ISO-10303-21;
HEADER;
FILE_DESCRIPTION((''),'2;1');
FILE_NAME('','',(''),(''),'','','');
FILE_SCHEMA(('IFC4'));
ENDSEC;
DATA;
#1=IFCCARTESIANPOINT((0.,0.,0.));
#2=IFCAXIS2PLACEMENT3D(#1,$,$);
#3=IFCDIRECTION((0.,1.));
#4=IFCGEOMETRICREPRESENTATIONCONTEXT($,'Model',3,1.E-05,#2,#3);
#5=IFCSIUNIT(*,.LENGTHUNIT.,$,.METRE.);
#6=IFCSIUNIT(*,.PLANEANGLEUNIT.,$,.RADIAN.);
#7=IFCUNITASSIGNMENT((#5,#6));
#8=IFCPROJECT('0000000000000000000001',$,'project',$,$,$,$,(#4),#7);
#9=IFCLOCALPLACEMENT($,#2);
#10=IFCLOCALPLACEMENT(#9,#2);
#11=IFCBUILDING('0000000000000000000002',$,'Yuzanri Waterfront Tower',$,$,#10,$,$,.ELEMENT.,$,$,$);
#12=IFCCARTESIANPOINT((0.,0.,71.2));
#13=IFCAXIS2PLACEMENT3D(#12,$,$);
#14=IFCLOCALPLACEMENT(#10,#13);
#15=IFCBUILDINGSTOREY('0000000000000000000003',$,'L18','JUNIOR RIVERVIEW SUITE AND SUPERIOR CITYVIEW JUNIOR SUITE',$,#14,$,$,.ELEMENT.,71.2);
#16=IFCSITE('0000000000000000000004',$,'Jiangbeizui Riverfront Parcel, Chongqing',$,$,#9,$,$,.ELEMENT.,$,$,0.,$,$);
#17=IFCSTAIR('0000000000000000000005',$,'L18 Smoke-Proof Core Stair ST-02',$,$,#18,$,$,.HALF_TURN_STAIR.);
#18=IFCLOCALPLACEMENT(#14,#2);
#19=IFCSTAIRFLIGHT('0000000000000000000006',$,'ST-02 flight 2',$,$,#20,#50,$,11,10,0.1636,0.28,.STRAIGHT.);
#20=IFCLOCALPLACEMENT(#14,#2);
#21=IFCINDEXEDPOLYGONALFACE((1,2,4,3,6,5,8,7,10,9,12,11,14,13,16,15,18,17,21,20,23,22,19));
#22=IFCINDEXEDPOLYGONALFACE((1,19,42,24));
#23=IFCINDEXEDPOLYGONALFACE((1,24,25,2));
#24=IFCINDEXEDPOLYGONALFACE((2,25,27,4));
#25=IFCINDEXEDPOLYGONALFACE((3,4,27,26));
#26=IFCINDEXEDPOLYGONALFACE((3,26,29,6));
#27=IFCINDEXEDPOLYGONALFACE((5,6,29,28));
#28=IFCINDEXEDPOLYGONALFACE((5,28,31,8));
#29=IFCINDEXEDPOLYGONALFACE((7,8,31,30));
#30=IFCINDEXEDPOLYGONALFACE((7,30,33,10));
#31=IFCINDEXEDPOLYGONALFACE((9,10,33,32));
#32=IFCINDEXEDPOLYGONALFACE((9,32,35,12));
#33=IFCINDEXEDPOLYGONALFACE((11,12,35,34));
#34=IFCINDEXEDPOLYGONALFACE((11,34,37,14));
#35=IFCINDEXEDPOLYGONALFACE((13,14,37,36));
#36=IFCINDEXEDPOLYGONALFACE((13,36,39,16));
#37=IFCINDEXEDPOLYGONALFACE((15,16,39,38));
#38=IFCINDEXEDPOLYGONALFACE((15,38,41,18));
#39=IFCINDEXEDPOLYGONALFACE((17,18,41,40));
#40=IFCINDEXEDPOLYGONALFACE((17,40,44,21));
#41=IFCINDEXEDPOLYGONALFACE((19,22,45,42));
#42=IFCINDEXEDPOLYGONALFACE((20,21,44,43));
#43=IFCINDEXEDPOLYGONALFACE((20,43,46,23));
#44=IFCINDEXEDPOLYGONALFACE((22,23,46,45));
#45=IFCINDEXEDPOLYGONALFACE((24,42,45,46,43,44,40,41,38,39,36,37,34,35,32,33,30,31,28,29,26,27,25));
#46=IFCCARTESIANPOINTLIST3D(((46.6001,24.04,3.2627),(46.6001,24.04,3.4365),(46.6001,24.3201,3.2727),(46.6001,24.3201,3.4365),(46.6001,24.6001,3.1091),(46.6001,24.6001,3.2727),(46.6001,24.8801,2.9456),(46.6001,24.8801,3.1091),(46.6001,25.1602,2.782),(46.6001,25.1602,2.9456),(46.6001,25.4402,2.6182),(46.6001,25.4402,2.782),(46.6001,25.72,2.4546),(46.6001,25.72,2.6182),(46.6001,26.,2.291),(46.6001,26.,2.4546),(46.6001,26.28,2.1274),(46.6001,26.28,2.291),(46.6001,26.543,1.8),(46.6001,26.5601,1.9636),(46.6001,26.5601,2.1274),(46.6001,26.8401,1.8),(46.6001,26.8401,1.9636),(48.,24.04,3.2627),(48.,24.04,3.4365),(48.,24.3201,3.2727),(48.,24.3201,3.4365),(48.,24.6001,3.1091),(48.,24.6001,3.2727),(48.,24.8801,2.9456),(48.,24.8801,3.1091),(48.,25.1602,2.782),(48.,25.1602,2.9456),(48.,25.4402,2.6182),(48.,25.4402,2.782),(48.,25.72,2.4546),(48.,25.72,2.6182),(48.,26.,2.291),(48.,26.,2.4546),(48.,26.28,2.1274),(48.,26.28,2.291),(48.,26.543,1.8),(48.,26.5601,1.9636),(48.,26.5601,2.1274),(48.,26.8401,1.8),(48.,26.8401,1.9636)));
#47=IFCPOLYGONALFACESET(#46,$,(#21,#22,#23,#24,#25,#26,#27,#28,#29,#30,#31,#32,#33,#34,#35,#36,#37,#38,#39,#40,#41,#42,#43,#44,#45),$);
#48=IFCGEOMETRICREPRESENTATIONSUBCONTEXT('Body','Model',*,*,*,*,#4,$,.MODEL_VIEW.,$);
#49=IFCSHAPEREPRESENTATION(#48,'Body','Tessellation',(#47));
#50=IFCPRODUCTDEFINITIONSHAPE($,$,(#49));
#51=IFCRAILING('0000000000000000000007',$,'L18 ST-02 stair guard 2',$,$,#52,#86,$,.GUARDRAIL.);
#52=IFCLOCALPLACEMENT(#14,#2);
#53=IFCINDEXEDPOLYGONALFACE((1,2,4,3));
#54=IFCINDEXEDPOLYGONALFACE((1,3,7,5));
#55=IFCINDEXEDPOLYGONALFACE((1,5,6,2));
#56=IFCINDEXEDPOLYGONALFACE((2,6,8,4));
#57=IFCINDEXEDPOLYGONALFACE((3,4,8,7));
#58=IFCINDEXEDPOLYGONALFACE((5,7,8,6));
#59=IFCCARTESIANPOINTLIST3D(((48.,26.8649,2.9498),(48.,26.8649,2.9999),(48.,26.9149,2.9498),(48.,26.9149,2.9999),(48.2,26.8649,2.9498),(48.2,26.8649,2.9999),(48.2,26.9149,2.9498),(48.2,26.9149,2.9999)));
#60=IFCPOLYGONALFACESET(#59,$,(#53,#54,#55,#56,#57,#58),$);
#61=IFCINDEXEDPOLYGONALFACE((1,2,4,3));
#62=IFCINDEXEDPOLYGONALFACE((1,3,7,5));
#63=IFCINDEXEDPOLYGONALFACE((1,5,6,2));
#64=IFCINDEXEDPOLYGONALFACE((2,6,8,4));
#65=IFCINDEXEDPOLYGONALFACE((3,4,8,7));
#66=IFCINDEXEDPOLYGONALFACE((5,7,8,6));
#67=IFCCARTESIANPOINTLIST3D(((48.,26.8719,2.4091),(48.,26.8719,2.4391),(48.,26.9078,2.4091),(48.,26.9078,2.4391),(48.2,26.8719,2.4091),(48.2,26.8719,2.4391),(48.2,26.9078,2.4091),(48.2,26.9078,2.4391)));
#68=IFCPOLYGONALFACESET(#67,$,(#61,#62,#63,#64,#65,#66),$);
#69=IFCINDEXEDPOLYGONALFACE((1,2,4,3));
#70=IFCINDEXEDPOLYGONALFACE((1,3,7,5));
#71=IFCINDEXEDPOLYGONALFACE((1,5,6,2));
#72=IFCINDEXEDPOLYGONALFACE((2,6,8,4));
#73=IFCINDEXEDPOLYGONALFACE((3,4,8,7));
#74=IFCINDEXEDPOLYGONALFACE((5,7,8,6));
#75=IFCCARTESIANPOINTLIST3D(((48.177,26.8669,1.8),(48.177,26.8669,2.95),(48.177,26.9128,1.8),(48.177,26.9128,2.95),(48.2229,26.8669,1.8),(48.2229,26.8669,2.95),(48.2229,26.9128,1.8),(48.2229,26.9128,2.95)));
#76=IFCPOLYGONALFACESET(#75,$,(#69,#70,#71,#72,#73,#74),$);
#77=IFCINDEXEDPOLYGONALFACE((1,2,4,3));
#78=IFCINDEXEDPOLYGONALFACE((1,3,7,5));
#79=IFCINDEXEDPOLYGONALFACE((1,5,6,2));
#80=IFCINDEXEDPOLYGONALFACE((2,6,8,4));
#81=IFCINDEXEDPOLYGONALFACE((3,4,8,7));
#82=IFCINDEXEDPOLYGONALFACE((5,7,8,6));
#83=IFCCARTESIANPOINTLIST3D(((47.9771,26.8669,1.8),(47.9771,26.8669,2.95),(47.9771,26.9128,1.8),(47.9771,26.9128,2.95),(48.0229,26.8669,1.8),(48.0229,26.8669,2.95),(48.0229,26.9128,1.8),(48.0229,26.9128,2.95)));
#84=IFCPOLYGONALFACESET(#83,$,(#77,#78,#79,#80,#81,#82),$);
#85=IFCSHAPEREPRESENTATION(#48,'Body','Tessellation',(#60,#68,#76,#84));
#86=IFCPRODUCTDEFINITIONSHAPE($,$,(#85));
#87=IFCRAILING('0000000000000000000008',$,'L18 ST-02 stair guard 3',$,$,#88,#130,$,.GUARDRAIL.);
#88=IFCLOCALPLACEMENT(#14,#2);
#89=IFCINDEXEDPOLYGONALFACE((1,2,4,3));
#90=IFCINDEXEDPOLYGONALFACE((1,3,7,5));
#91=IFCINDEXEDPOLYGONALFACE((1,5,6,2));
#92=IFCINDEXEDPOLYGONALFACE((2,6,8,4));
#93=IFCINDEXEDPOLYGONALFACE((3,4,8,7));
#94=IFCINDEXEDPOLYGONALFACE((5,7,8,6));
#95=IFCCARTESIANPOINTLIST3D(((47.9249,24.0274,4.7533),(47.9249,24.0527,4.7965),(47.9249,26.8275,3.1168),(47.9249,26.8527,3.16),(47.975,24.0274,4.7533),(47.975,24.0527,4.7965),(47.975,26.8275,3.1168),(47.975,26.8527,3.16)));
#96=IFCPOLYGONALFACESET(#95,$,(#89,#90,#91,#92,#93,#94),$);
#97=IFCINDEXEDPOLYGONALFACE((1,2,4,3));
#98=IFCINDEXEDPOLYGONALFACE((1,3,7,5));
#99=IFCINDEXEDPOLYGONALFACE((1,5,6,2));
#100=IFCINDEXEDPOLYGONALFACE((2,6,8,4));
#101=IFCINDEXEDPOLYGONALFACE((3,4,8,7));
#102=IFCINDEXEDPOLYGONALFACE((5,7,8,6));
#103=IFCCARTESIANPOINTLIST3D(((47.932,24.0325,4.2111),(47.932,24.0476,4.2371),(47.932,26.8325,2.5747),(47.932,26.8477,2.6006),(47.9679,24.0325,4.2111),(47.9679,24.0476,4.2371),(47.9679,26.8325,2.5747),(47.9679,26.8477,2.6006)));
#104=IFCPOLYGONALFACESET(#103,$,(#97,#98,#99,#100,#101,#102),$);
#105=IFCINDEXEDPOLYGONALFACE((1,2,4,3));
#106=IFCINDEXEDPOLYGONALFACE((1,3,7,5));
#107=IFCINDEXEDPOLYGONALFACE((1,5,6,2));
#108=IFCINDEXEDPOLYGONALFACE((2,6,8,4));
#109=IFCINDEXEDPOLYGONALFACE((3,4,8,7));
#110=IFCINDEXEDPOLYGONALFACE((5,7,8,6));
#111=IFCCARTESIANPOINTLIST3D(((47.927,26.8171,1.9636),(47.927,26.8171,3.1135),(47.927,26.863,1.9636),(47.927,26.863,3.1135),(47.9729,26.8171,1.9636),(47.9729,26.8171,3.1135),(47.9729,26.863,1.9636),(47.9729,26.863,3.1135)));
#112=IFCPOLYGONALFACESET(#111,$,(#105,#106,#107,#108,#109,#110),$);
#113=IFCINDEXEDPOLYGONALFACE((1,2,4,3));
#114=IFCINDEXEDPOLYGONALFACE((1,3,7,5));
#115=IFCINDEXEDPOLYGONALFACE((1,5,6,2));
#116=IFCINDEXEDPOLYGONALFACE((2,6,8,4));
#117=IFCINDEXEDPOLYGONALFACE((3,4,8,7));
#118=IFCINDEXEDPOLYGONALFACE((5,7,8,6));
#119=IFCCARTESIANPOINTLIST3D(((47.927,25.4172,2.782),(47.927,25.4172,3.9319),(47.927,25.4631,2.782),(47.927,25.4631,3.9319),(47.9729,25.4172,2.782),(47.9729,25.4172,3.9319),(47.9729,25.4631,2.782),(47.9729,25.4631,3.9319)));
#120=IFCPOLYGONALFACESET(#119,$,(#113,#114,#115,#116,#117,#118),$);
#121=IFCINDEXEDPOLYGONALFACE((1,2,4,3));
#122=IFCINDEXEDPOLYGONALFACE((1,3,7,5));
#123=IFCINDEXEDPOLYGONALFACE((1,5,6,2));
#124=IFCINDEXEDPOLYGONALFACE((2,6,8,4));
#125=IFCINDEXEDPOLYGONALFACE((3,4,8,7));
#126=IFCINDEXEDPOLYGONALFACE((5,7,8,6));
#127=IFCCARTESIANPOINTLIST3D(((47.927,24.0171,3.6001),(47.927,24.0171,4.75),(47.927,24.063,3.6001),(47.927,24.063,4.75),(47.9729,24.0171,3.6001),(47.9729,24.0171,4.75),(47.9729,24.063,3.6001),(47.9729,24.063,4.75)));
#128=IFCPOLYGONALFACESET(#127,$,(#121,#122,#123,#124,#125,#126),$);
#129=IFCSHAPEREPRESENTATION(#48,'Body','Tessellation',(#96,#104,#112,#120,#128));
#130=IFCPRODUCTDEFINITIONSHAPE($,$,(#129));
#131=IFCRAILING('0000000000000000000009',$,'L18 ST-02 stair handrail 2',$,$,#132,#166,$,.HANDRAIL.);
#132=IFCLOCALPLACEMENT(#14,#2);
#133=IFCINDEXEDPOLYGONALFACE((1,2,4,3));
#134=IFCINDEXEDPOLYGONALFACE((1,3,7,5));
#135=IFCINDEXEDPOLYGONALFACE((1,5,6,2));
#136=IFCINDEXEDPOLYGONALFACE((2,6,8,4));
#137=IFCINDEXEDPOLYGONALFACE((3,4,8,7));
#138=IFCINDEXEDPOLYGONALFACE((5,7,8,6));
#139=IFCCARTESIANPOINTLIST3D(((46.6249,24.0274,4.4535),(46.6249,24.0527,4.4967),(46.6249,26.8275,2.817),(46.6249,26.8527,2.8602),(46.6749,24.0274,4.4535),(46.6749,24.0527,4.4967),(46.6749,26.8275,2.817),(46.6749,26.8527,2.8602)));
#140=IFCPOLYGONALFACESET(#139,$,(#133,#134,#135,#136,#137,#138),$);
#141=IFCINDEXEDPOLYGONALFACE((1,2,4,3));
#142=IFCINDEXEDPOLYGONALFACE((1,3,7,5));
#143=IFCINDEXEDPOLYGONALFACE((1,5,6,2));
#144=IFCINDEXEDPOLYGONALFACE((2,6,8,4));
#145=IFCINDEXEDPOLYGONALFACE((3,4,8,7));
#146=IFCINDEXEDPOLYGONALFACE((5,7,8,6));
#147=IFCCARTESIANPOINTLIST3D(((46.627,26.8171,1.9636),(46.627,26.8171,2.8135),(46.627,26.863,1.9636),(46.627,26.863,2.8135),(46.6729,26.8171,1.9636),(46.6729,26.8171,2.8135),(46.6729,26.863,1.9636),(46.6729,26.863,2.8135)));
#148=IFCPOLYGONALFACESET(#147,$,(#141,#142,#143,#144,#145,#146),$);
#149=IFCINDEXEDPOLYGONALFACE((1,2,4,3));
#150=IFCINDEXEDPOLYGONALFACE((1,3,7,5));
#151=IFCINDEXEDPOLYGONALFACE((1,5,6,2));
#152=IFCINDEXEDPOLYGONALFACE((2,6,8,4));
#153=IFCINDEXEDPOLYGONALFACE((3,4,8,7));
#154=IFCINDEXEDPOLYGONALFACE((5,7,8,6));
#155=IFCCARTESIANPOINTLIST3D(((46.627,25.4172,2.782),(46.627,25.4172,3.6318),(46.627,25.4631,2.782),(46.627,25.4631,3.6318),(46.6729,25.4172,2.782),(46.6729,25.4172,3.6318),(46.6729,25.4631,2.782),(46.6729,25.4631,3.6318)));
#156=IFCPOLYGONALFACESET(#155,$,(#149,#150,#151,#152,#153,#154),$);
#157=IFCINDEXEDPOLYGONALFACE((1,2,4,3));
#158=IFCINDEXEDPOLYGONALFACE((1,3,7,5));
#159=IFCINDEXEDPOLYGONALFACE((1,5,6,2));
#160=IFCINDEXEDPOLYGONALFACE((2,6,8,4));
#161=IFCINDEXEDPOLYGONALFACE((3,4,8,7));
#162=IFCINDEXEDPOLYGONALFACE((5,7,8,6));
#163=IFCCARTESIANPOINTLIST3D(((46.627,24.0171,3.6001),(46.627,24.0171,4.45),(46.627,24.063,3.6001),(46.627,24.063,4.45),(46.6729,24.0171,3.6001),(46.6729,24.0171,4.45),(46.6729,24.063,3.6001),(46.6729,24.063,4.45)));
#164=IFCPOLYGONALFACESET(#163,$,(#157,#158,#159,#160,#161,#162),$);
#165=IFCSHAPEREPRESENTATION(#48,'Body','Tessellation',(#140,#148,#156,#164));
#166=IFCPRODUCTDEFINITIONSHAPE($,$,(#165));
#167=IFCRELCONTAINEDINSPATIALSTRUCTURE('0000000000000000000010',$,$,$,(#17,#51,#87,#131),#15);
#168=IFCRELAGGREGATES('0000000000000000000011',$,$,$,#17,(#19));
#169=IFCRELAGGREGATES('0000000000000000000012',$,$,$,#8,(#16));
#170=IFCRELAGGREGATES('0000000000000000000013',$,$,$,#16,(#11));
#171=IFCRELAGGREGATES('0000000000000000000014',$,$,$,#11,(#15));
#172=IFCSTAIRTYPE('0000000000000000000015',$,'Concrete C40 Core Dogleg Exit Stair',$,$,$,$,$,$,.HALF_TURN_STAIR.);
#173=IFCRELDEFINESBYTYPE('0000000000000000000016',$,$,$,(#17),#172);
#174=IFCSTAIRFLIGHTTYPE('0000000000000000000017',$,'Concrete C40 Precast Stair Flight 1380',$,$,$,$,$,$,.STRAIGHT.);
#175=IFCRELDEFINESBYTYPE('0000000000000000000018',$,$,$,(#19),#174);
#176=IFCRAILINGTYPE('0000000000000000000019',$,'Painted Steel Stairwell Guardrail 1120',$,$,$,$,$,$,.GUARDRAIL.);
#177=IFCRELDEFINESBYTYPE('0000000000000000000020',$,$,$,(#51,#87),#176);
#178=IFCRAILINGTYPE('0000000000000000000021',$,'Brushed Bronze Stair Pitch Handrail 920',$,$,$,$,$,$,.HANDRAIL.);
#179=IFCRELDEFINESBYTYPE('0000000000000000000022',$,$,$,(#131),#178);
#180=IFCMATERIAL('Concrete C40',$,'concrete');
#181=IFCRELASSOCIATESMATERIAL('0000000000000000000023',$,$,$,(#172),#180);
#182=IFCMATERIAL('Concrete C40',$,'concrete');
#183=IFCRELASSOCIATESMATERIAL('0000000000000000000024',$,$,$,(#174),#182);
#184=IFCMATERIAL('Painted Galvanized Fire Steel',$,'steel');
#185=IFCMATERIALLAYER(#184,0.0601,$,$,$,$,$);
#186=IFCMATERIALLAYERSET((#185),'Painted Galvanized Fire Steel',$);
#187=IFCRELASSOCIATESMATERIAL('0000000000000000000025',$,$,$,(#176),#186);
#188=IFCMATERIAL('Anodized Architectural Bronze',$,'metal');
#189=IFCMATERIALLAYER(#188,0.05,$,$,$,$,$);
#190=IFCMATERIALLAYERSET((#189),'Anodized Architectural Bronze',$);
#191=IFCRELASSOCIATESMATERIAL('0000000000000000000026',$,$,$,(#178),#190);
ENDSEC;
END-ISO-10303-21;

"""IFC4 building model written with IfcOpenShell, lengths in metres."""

from ifc_helpers import new_model, si_unit, direction, frame, origin, origin_2d, place, context, subcontext, project, spatial, polyline, rectangle, outline, extrude, source, transform, mapped, material, layer, layer_set, type_object, element, aggregate, save


model = new_model("IFC4")

# Units and contexts
model_context = context("Model", 3, precision=1e-05, world=origin(), true_north=direction((0.0, 1.0)))
body_context = subcontext(model_context, "Body", "Model", "MODEL_VIEW")
ifc_project = project(units=[si_unit("LENGTHUNIT", "METRE"), si_unit("PLANEANGLEUNIT", "RADIAN")], contexts=[model_context])

# Site, building, storey
site_placement = place(None, origin())
site = spatial("IfcSite", under=ifc_project, at=site_placement, Name="Jiangbeizui Riverfront Parcel, Chongqing", CompositionType="ELEMENT", RefElevation=0.0)
building_placement = place(site_placement, origin())
building = spatial("IfcBuilding", under=site, at=building_placement, Name="Yuzanri Waterfront Tower", CompositionType="ELEMENT")
storey_placement = place(building_placement, frame((0.0, 0.0, 71.2)))
storey = spatial("IfcBuildingStorey", under=building, at=storey_placement, Name="L18", Description="JUNIOR RIVERVIEW SUITE AND SUPERIOR CITYVIEW JUNIOR SUITE", CompositionType="ELEMENT", Elevation=71.2)

# Stair, stair flight
ifc_material_1 = material(Name="Concrete C40", Category="concrete")
stair_type = type_object("IfcStairType", Name="Concrete C40 Core Dogleg Exit Stair", PredefinedType="HALF_TURN_STAIR", material=ifc_material_1)
stair_placement = place(storey_placement, origin())
stair = element("IfcStair", 1, at=stair_placement, inside=storey, type_object=stair_type, Name="L18 Smoke-Proof Core Stair ST-02", PredefinedType="HALF_TURN_STAIR")
ifc_material_2 = material(Name="Concrete C40", Category="concrete")
stair_flight_type = type_object("IfcStairFlightType", Name="Concrete C40 Precast Stair Flight 1380", PredefinedType="STRAIGHT", material=ifc_material_2)
shared_shape_1 = source(origin(), body_context, "Body", "SweptSolid", [
    extrude(outline(polyline([(0.0, 0.0), (0.0, 0.1636), (0.28, 0.1636), (0.28, 0.3274), (0.5601, 0.3274), (0.5601, 0.491), (0.8401, 0.491), (0.8401, 0.6545), (1.1201, 0.6545), (1.1201, 0.8181), (1.3999, 0.8181), (1.3999, 0.9819), (1.6799, 0.9819), (1.6799, 1.1455), (1.96, 1.1455), (1.96, 1.3091), (2.24, 1.3091), (2.24, 1.4727), (2.52, 1.4727), (2.52, 1.6365), (2.8, 1.6365), (2.8, 1.8), (2.8, 1.4626), (0.2971, 0.0), (0.0, 0.0)])), frame((0.0, 0.7, 0.0), z_axis=(0.0, -1.0, 0.0), x_axis=(1.0, 0.0, 0.0)), (0.0, 0.0, 1.0), 1.3999),
])
stair_flight_placement = place(storey_placement, frame((47.3, 26.8401, 1.8), z_axis=(0.0, 0.0, 1.0), x_axis=(0.0, -1.0, 0.0)))
stair_flight = element("IfcStairFlight", 2, at=stair_flight_placement, type_object=stair_flight_type, Name="ST-02 flight 2", NumberOfRisers=11, NumberOfTreads=10, PredefinedType="STRAIGHT", RiserHeight=0.1636, TreadLength=0.28, context=body_context, shape_type="MappedRepresentation", body=[
    mapped(shared_shape_1, transform((0.0, 0.0, 0.0), scale=1.0)),
])
aggregate(stair, [stair_flight])

# Railings
ifc_material_3 = material(Name="Painted Galvanized Fire Steel", Category="steel")
ifc_layer_1 = layer(ifc_material_3, 0.0601)
ifc_layer_set_1 = layer_set([ifc_layer_1], Name="Painted Galvanized Fire Steel")
railing_type_1 = type_object("IfcRailingType", Name="Painted Steel Stairwell Guardrail 1120", PredefinedType="GUARDRAIL", material=ifc_layer_set_1)
shared_shape_2 = source(origin(), body_context, "Body", "SweptSolid", [
    extrude(rectangle(XDim=0.05, YDim=0.05, at=origin_2d()), frame((0.0, 0.0, 1.1748), z_axis=(-1.0, 0.0, 0.0), x_axis=(0.0, -1.0, 0.0)), (0.0, 0.0, 1.0), 0.2),
    extrude(rectangle(XDim=0.0359, YDim=0.03, at=origin_2d()), frame((0.0, 0.0, 0.624), z_axis=(-1.0, 0.0, 0.0), x_axis=(0.0, -1.0, 0.0)), (0.0, 0.0, 1.0), 0.2),
    extrude(rectangle(XDim=0.0459, YDim=0.0459, at=origin_2d()), origin(), (0.0, 0.0, 1.0), 1.1499),
    extrude(rectangle(XDim=0.0459, YDim=0.0459, at=origin_2d()), frame((-0.2, 0.0, 0.0)), (0.0, 0.0, 1.0), 1.1499),
])
railing_1_placement = place(storey_placement, frame((48.2, 26.8899, 1.8)))
element("IfcRailing", 3, at=railing_1_placement, inside=storey, type_object=railing_type_1, Name="L18 ST-02 stair guard 2", PredefinedType="GUARDRAIL", context=body_context, shape_type="MappedRepresentation", body=[
    mapped(shared_shape_2, transform((0.0, 0.0, 0.0), scale=1.0)),
])
shared_shape_3 = source(origin(), body_context, "Body", "SweptSolid", [
    extrude(rectangle(XDim=0.05, YDim=0.05, at=origin_2d()), frame((0.0, 0.0, 1.1748), z_axis=(0.0, -0.863361, 0.504587), x_axis=(1.0, 0.0, 0.0)), (0.0, 0.0, 1.0), 3.2432),
    extrude(rectangle(XDim=0.0359, YDim=0.03, at=origin_2d()), frame((0.0, 0.0, 0.624), z_axis=(0.0, -0.863361, 0.504587), x_axis=(1.0, 0.0, 0.0)), (0.0, 0.0, 1.0), 3.2432),
    extrude(rectangle(XDim=0.0459, YDim=0.0459, at=origin_2d()), origin(), (0.0, 0.0, 1.0), 1.1499),
    extrude(rectangle(XDim=0.0459, YDim=0.0459, at=origin_2d()), frame((0.0, -1.3999, 0.8184)), (0.0, 0.0, 1.0), 1.1499),
    extrude(rectangle(XDim=0.0459, YDim=0.0459, at=origin_2d()), frame((0.0, -2.8, 1.6365)), (0.0, 0.0, 1.0), 1.1499),
])
railing_2_placement = place(storey_placement, frame((47.95, 26.8401, 1.9636)))
element("IfcRailing", 4, at=railing_2_placement, inside=storey, type_object=railing_type_1, Name="L18 ST-02 stair guard 3", PredefinedType="GUARDRAIL", context=body_context, shape_type="MappedRepresentation", body=[
    mapped(shared_shape_3, transform((0.0, 0.0, 0.0), scale=1.0)),
])
ifc_material_4 = material(Name="Anodized Architectural Bronze", Category="metal")
ifc_layer_2 = layer(ifc_material_4, 0.05)
ifc_layer_set_2 = layer_set([ifc_layer_2], Name="Anodized Architectural Bronze")
railing_type_2 = type_object("IfcRailingType", Name="Brushed Bronze Stair Pitch Handrail 920", PredefinedType="HANDRAIL", material=ifc_layer_set_2)
shared_shape_4 = source(origin(), body_context, "Body", "SweptSolid", [
    extrude(rectangle(XDim=0.05, YDim=0.05, at=origin_2d()), frame((0.0, 0.0, 0.875), z_axis=(0.0, -0.863361, 0.504587), x_axis=(1.0, 0.0, 0.0)), (0.0, 0.0, 1.0), 3.2432),
    extrude(rectangle(XDim=0.0459, YDim=0.0459, at=origin_2d()), origin(), (0.0, 0.0, 1.0), 0.8499),
    extrude(rectangle(XDim=0.0459, YDim=0.0459, at=origin_2d()), frame((0.0, -1.3999, 0.8184)), (0.0, 0.0, 1.0), 0.8499),
    extrude(rectangle(XDim=0.0459, YDim=0.0459, at=origin_2d()), frame((0.0, -2.8, 1.6365)), (0.0, 0.0, 1.0), 0.8499),
])
railing_3_placement = place(storey_placement, frame((46.6499, 26.8401, 1.9636)))
element("IfcRailing", 5, at=railing_3_placement, inside=storey, type_object=railing_type_2, Name="L18 ST-02 stair handrail 2", PredefinedType="HANDRAIL", context=body_context, shape_type="MappedRepresentation", body=[
    mapped(shared_shape_4, transform((0.0, 0.0, 0.0), scale=1.0)),
])

save(model, "model.ifc")
